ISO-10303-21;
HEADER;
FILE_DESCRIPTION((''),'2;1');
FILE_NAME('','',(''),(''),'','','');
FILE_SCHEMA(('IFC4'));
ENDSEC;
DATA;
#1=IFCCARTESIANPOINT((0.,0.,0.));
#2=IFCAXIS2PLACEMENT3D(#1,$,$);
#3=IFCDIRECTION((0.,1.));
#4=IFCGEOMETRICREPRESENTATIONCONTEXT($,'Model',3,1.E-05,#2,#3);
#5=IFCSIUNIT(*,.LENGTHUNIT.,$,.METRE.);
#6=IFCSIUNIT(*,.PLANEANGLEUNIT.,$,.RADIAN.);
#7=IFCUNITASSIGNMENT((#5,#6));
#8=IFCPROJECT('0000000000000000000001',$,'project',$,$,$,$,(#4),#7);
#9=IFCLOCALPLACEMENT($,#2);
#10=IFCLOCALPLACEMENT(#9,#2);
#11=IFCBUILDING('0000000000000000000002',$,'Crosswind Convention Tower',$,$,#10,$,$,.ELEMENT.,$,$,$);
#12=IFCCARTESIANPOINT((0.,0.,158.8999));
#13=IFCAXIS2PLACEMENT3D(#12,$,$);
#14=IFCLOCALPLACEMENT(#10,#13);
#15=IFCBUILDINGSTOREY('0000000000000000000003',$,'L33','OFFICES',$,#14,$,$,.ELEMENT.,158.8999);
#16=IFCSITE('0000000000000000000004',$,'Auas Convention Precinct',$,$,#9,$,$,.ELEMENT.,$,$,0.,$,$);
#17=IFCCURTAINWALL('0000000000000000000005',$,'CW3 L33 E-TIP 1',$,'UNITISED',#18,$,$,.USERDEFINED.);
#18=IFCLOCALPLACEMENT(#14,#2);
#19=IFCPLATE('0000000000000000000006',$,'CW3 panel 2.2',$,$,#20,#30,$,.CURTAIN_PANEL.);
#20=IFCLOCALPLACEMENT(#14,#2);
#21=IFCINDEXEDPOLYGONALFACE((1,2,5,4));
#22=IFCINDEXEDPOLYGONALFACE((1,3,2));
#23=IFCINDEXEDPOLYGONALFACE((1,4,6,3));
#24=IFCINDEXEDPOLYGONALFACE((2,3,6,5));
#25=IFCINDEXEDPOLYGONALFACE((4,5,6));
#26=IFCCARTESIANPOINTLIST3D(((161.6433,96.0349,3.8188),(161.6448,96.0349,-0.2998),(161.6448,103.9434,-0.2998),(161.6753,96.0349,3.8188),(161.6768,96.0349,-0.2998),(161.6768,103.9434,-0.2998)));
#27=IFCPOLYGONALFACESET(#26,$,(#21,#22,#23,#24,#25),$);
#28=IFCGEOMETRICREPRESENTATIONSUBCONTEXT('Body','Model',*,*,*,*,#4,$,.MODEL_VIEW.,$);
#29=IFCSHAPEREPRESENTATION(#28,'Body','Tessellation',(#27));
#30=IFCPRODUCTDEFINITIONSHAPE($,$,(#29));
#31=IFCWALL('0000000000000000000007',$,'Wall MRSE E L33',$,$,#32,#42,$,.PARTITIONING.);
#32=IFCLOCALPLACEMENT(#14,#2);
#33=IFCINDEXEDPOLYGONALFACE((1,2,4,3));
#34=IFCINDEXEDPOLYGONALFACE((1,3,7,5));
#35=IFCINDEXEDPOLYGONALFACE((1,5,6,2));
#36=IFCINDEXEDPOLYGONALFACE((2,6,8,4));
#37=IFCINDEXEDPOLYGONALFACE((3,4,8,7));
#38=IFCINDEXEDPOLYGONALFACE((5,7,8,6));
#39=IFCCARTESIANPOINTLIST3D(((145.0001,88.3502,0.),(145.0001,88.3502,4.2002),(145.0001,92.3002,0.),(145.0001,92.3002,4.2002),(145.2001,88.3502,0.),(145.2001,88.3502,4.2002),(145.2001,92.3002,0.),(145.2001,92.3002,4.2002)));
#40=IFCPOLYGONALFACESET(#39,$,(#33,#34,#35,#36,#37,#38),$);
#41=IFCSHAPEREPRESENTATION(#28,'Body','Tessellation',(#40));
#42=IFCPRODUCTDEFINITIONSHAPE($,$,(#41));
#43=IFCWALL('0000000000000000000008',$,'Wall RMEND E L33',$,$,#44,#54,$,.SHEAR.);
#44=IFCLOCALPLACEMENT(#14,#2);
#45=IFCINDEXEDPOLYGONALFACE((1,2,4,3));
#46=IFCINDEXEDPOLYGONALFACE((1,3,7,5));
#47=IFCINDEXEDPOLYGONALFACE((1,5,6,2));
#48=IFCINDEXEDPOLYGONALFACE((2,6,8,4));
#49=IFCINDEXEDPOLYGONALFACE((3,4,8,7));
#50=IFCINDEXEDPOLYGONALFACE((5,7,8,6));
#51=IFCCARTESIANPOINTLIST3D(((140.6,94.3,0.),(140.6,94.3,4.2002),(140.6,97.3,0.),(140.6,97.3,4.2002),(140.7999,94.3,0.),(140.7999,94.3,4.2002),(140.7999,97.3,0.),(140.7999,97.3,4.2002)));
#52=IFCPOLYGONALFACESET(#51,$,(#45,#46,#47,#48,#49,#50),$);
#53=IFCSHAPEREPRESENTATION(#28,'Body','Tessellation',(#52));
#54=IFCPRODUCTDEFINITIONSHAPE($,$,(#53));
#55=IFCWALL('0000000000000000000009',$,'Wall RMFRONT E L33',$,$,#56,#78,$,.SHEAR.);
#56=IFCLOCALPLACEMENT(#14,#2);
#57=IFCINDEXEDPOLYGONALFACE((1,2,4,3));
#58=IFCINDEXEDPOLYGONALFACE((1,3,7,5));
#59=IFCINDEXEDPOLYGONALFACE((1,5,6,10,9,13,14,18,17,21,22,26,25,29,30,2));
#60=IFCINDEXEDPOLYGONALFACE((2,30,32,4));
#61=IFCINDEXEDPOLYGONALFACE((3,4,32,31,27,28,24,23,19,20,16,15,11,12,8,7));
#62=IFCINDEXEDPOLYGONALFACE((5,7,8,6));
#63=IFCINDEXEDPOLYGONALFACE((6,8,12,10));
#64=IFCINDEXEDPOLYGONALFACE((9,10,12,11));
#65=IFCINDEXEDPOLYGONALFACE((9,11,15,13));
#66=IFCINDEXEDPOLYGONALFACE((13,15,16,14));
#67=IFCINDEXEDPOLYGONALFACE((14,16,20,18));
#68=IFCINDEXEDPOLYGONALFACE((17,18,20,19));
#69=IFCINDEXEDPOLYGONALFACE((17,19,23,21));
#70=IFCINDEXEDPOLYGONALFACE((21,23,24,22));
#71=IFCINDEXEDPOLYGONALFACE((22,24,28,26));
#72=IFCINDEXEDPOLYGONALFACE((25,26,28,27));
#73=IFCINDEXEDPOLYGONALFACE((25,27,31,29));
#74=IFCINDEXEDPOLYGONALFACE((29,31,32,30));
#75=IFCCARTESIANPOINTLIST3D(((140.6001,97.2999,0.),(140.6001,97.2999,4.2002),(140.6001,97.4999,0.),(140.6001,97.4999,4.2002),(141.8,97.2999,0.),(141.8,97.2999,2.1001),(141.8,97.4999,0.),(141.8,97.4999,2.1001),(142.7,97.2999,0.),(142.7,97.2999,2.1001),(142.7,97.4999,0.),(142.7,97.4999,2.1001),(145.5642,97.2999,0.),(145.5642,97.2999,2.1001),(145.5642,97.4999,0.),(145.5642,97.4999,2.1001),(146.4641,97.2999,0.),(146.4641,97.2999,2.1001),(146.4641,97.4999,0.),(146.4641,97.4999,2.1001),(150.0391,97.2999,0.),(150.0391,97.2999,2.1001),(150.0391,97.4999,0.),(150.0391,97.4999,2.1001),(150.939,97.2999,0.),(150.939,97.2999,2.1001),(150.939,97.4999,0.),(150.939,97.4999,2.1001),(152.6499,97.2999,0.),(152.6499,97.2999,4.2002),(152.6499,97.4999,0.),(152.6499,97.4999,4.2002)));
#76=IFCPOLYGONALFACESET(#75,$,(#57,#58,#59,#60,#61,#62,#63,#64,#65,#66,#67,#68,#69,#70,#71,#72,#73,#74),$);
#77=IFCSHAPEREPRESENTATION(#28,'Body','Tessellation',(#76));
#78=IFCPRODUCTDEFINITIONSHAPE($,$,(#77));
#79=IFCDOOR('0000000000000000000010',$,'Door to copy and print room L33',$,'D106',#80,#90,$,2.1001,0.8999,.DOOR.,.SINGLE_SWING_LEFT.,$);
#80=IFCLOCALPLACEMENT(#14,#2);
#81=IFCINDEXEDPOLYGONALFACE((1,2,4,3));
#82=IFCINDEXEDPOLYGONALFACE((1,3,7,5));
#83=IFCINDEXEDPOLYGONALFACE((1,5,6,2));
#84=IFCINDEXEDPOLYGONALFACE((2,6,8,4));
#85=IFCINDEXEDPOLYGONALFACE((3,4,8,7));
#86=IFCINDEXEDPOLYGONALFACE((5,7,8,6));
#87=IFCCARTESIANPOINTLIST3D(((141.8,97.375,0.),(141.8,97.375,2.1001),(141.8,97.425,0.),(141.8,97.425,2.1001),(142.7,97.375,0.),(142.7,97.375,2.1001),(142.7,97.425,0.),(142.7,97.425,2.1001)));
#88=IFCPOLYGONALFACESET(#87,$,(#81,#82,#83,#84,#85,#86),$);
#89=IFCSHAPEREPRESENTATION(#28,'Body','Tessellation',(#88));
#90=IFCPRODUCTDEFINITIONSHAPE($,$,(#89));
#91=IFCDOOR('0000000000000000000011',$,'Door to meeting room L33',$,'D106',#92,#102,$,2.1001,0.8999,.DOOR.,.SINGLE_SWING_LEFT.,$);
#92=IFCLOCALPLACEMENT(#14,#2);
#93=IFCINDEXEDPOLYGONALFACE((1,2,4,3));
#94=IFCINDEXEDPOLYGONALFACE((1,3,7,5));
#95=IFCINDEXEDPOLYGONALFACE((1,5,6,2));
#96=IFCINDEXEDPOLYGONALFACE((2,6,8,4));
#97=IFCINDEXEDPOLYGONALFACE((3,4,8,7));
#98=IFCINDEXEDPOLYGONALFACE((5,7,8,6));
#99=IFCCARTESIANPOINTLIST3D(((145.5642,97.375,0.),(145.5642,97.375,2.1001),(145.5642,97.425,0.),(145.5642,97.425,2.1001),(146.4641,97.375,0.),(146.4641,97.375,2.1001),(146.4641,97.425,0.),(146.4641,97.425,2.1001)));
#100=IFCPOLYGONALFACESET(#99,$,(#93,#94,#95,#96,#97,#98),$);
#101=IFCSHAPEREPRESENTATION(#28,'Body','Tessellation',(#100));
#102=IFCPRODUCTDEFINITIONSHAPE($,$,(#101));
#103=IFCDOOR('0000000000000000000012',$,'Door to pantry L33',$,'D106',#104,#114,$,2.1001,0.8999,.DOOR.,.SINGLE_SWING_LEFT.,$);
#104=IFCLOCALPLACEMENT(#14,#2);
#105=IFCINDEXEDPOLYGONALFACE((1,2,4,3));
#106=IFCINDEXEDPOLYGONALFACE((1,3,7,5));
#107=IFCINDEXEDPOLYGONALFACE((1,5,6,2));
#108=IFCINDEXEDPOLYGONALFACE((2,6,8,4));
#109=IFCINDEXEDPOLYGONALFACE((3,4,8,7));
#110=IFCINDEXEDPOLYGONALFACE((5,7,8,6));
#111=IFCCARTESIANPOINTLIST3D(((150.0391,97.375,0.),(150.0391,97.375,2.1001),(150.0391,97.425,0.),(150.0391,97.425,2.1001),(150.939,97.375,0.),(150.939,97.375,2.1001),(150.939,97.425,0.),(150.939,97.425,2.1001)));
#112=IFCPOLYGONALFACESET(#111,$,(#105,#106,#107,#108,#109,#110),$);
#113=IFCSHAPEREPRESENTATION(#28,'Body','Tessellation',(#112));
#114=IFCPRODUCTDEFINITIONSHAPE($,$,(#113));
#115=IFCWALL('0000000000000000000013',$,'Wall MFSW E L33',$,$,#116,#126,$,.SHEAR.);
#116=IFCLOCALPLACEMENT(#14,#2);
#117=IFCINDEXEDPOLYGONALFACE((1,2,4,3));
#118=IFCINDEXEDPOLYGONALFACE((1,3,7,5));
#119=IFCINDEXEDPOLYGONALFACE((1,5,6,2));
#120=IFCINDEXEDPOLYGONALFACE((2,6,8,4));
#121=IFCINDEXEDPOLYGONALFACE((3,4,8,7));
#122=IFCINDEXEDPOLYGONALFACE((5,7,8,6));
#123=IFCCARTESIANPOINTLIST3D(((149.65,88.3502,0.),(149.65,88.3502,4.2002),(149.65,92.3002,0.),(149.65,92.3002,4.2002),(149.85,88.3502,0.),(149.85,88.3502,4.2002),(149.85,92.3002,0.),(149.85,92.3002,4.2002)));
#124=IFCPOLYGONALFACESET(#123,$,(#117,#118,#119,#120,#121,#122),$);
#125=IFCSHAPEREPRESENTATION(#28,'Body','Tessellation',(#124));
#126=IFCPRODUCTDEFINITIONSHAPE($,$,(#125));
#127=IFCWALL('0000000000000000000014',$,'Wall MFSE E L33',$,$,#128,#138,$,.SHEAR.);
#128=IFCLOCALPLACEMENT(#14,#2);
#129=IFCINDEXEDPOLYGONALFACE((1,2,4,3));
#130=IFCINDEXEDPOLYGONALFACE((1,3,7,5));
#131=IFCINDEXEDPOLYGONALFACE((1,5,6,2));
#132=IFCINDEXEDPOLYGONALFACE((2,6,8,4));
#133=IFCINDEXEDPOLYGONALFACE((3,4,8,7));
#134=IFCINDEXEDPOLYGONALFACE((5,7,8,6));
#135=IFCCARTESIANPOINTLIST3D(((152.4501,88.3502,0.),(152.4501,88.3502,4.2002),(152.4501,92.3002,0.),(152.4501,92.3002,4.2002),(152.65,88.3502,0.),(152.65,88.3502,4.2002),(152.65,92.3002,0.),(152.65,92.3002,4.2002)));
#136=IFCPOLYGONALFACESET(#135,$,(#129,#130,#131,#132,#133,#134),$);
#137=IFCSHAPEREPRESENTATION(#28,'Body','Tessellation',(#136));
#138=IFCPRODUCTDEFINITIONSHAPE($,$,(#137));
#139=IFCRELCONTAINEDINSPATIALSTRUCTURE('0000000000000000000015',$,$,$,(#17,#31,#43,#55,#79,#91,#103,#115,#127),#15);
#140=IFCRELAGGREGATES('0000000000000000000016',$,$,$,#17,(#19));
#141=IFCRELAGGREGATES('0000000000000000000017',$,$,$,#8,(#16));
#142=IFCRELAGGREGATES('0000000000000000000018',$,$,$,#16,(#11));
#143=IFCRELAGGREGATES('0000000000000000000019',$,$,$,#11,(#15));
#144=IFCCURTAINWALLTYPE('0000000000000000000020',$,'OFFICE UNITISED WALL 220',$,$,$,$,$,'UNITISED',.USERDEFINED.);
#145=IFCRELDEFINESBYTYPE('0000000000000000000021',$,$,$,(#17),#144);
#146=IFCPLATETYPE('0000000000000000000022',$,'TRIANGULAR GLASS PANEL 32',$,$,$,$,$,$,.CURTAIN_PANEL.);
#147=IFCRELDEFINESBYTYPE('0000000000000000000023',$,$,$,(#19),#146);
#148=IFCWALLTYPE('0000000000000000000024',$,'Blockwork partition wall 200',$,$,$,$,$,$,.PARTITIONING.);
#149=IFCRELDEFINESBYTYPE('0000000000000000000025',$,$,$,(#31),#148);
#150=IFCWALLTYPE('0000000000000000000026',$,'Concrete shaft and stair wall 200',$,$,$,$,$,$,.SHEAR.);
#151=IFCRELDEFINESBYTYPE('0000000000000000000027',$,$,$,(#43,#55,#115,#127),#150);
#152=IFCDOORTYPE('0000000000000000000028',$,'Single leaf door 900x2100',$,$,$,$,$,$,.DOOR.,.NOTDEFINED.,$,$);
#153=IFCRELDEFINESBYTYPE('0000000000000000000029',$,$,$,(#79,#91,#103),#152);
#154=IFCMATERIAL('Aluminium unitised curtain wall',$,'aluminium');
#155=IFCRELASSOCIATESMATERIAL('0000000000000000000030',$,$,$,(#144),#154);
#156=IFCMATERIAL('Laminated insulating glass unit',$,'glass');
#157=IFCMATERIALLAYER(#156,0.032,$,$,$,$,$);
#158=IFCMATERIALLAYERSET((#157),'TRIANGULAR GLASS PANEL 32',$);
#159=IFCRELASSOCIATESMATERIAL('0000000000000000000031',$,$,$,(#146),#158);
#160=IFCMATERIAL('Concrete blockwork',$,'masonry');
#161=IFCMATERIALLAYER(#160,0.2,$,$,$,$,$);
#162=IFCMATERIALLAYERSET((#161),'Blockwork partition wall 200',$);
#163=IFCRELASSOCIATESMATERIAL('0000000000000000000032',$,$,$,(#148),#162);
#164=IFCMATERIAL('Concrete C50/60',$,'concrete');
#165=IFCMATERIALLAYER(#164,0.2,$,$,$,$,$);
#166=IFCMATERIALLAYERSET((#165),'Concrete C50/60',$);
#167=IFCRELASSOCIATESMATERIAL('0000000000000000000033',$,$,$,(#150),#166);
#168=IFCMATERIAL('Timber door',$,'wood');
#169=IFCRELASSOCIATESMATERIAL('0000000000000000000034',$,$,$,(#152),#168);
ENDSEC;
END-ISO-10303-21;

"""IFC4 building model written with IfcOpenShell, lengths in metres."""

from ifc_helpers import new_model, si_unit, direction, frame, frame_2d, origin, place, context, subcontext, project, spatial, polyline, rectangle, outline, extrude, material, layer, layer_set, type_object, element, fill, aggregate, save


model = new_model("IFC4")

# Units and contexts
model_context = context("Model", 3, precision=1e-05, world=origin(), true_north=direction((0.0, 1.0)))
body_context = subcontext(model_context, "Body", "Model", "MODEL_VIEW")
ifc_project = project(units=[si_unit("LENGTHUNIT", "METRE"), si_unit("PLANEANGLEUNIT", "RADIAN")], contexts=[model_context])

# Site, building, storey
site_placement = place(None, origin())
site = spatial("IfcSite", under=ifc_project, at=site_placement, Name="Auas Convention Precinct", CompositionType="ELEMENT", RefElevation=0.0)
building_placement = place(site_placement, origin())
building = spatial("IfcBuilding", under=site, at=building_placement, Name="Crosswind Convention Tower", CompositionType="ELEMENT")
storey_placement = place(building_placement, frame((0.0, 0.0, 158.8999)))
storey = spatial("IfcBuildingStorey", under=building, at=storey_placement, Name="L33", Description="OFFICES", CompositionType="ELEMENT", Elevation=158.8999)

# Curtain wall
ifc_material_1 = material(Name="Aluminium unitised curtain wall", Category="aluminium")
curtain_wall_type = type_object("IfcCurtainWallType", Name="OFFICE UNITISED WALL 220", ElementType="UNITISED", PredefinedType="USERDEFINED", material=ifc_material_1)
curtain_wall_placement = place(storey_placement, origin())
curtain_wall = element("IfcCurtainWall", 1, at=curtain_wall_placement, inside=storey, type_object=curtain_wall_type, Name="CW3 L33 E-TIP 1", ObjectType="UNITISED", PredefinedType="USERDEFINED")

# Plate
ifc_material_2 = material(Name="Laminated insulating glass unit", Category="glass")
ifc_layer_1 = layer(ifc_material_2, 0.032)
ifc_layer_set_1 = layer_set([ifc_layer_1], Name="TRIANGULAR GLASS PANEL 32")
plate_type = type_object("IfcPlateType", Name="TRIANGULAR GLASS PANEL 32", PredefinedType="CURTAIN_PANEL", material=ifc_layer_set_1)
plate_1_placement = place(storey_placement, frame((161.6768, 96.0349, -0.2998), z_axis=(1.0, 0.0, 0.000356), x_axis=(0.0, 1.0, 0.0)))
plate_1 = element("IfcPlate", 2, at=plate_1_placement, type_object=plate_type, Name="CW3 panel 2.2", PredefinedType="CURTAIN_PANEL", context=body_context, shape_type="SweptSolid", body=[
    extrude(outline(polyline([(0.0, 0.0), (7.9084, 0.0), (0.0, 4.1187), (0.0, 0.0)])), origin(), (0.0, 0.0, -1.0), 0.032),
])
aggregate(curtain_wall, [plate_1])

# Wall
ifc_material_3 = material(Name="Concrete blockwork", Category="masonry")
ifc_layer_2 = layer(ifc_material_3, 0.2)
ifc_layer_set_2 = layer_set([ifc_layer_2], Name="Blockwork partition wall 200")
wall_type_1 = type_object("IfcWallType", Name="Blockwork partition wall 200", PredefinedType="PARTITIONING", material=ifc_layer_set_2)
wall_1_placement = place(storey_placement, frame((145.1001, 88.3501, 0.0), z_axis=(0.0, 0.0, 1.0), x_axis=(0.0, 1.0, 0.0)))
element("IfcWall", 3, at=wall_1_placement, inside=storey, type_object=wall_type_1, Name="Wall MRSE E L33", PredefinedType="PARTITIONING", context=body_context, shape_type="SweptSolid", body=[
    extrude(rectangle(XDim=3.95, YDim=0.2, at=frame_2d((1.9751, 0.0))), origin(), (0.0, 0.0, 1.0), 4.2002),
])

# Wall
ifc_material_4 = material(Name="Concrete C50/60", Category="concrete")
ifc_layer_3 = layer(ifc_material_4, 0.2)
ifc_layer_set_3 = layer_set([ifc_layer_3], Name="Concrete C50/60")
wall_type_2 = type_object("IfcWallType", Name="Concrete shaft and stair wall 200", PredefinedType="SHEAR", material=ifc_layer_set_3)
wall_2_placement = place(storey_placement, frame((140.7, 94.3, 0.0), z_axis=(0.0, 0.0, 1.0), x_axis=(0.0, 1.0, 0.0)))
element("IfcWall", 4, at=wall_2_placement, inside=storey, type_object=wall_type_2, Name="Wall RMEND E L33", PredefinedType="SHEAR", context=body_context, shape_type="SweptSolid", body=[
    extrude(rectangle(XDim=3.0, YDim=0.2, at=frame_2d((1.5, 0.0))), origin(), (0.0, 0.0, 1.0), 4.2002),
])

# Wall, openings, doors
wall_3_placement = place(storey_placement, frame((140.6001, 97.3999, 0.0), z_axis=(0.0, 0.0, 1.0), x_axis=(1.0, 0.0, 0.0)))
wall_3 = element("IfcWall", 5, at=wall_3_placement, inside=storey, type_object=wall_type_2, Name="Wall RMFRONT E L33", PredefinedType="SHEAR", context=body_context, shape_type="SweptSolid", body=[
    extrude(rectangle(XDim=12.0498, YDim=0.2, at=frame_2d((6.0249, 0.0))), origin(), (0.0, 0.0, 1.0), 4.2002),
])
opening_1_placement = place(wall_3_placement, frame((1.2, 0.0, 0.0)))
opening_1 = element("IfcOpeningElement", 6, at=opening_1_placement, cuts=wall_3, PredefinedType="OPENING", context=body_context, shape_type="SweptSolid", body=[
    extrude(rectangle(XDim=0.8999, YDim=2.1001, at=frame_2d((0.45, 1.05))), frame((0.0, 0.1099, 0.0), z_axis=(0.0, -1.0, 0.0), x_axis=(1.0, 0.0, 0.0)), (0.0, 0.0, 1.0), 0.22),
])
opening_2_placement = place(wall_3_placement, frame((4.9641, 0.0, 0.0)))
opening_2 = element("IfcOpeningElement", 7, at=opening_2_placement, cuts=wall_3, PredefinedType="OPENING", context=body_context, shape_type="SweptSolid", body=[
    extrude(rectangle(XDim=0.8999, YDim=2.1001, at=frame_2d((0.45, 1.05))), frame((0.0, 0.1099, 0.0), z_axis=(0.0, -1.0, 0.0), x_axis=(1.0, 0.0, 0.0)), (0.0, 0.0, 1.0), 0.22),
])
opening_3_placement = place(wall_3_placement, frame((9.439, 0.0, 0.0)))
opening_3 = element("IfcOpeningElement", 8, at=opening_3_placement, cuts=wall_3, PredefinedType="OPENING", context=body_context, shape_type="SweptSolid", body=[
    extrude(rectangle(XDim=0.8999, YDim=2.1001, at=frame_2d((0.45, 1.05))), frame((0.0, 0.1099, 0.0), z_axis=(0.0, -1.0, 0.0), x_axis=(1.0, 0.0, 0.0)), (0.0, 0.0, 1.0), 0.22),
])
ifc_material_5 = material(Name="Timber door", Category="wood")
door_type_1 = type_object("IfcDoorType", Name="Single leaf door 900x2100", OperationType="NOTDEFINED", PredefinedType="DOOR", material=ifc_material_5)
door_1_placement = place(opening_1_placement, frame((0.8999, 0.0, 0.0), z_axis=(0.0, 0.0, 1.0), x_axis=(-1.0, 0.0, 0.0)))
door_1 = element("IfcDoor", 9, at=door_1_placement, inside=storey, type_object=door_type_1, Name="Door to copy and print room L33", ObjectType="D106", OperationType="SINGLE_SWING_LEFT", OverallHeight=2.1001, OverallWidth=0.8999, PredefinedType="DOOR", context=body_context, shape_type="SweptSolid", body=[
    extrude(rectangle(XDim=0.8999, YDim=2.1001, at=frame_2d((0.45, 1.05))), frame((0.0, 0.0249, 0.0), z_axis=(0.0, -1.0, 0.0), x_axis=(1.0, 0.0, 0.0)), (0.0, 0.0, 1.0), 0.05),
])
fill(opening_1, door_1)
door_2_placement = place(opening_2_placement, frame((0.8999, 0.0, 0.0), z_axis=(0.0, 0.0, 1.0), x_axis=(-1.0, 0.0, 0.0)))
door_2 = element("IfcDoor", 10, at=door_2_placement, inside=storey, type_object=door_type_1, Name="Door to meeting room L33", ObjectType="D106", OperationType="SINGLE_SWING_LEFT", OverallHeight=2.1001, OverallWidth=0.8999, PredefinedType="DOOR", context=body_context, shape_type="SweptSolid", body=[
    extrude(rectangle(XDim=0.8999, YDim=2.1001, at=frame_2d((0.45, 1.05))), frame((0.0, 0.0249, 0.0), z_axis=(0.0, -1.0, 0.0), x_axis=(1.0, 0.0, 0.0)), (0.0, 0.0, 1.0), 0.05),
])
fill(opening_2, door_2)
door_3_placement = place(opening_3_placement, frame((0.8999, 0.0, 0.0), z_axis=(0.0, 0.0, 1.0), x_axis=(-1.0, 0.0, 0.0)))
door_3 = element("IfcDoor", 11, at=door_3_placement, inside=storey, type_object=door_type_1, Name="Door to pantry L33", ObjectType="D106", OperationType="SINGLE_SWING_LEFT", OverallHeight=2.1001, OverallWidth=0.8999, PredefinedType="DOOR", context=body_context, shape_type="SweptSolid", body=[
    extrude(rectangle(XDim=0.8999, YDim=2.1001, at=frame_2d((0.45, 1.05))), frame((0.0, 0.0249, 0.0), z_axis=(0.0, -1.0, 0.0), x_axis=(1.0, 0.0, 0.0)), (0.0, 0.0, 1.0), 0.05),
])
fill(opening_3, door_3)

# Walls
for number, where, z_axis, x_axis, name in (
    (12, (149.75, 88.3501, 0.0), (0.0, 0.0, 1.0), (0.0, 1.0, 0.0), "Wall MFSW E L33"),
    (13, (152.55, 88.3501, 0.0), (0.0, 0.0, 1.0), (0.0, 1.0, 0.0), "Wall MFSE E L33"),
):
    element("IfcWall", number, at=place(storey_placement, frame(where, z_axis=z_axis, x_axis=x_axis)), inside=storey, type_object=wall_type_2, Name=name, PredefinedType="SHEAR", context=body_context, shape_type="SweptSolid", body=[
        extrude(rectangle(XDim=3.95, YDim=0.2, at=frame_2d((1.9751, 0.0))), origin(), (0.0, 0.0, 1.0), 4.2002),
    ])

save(model, "model.ifc")
